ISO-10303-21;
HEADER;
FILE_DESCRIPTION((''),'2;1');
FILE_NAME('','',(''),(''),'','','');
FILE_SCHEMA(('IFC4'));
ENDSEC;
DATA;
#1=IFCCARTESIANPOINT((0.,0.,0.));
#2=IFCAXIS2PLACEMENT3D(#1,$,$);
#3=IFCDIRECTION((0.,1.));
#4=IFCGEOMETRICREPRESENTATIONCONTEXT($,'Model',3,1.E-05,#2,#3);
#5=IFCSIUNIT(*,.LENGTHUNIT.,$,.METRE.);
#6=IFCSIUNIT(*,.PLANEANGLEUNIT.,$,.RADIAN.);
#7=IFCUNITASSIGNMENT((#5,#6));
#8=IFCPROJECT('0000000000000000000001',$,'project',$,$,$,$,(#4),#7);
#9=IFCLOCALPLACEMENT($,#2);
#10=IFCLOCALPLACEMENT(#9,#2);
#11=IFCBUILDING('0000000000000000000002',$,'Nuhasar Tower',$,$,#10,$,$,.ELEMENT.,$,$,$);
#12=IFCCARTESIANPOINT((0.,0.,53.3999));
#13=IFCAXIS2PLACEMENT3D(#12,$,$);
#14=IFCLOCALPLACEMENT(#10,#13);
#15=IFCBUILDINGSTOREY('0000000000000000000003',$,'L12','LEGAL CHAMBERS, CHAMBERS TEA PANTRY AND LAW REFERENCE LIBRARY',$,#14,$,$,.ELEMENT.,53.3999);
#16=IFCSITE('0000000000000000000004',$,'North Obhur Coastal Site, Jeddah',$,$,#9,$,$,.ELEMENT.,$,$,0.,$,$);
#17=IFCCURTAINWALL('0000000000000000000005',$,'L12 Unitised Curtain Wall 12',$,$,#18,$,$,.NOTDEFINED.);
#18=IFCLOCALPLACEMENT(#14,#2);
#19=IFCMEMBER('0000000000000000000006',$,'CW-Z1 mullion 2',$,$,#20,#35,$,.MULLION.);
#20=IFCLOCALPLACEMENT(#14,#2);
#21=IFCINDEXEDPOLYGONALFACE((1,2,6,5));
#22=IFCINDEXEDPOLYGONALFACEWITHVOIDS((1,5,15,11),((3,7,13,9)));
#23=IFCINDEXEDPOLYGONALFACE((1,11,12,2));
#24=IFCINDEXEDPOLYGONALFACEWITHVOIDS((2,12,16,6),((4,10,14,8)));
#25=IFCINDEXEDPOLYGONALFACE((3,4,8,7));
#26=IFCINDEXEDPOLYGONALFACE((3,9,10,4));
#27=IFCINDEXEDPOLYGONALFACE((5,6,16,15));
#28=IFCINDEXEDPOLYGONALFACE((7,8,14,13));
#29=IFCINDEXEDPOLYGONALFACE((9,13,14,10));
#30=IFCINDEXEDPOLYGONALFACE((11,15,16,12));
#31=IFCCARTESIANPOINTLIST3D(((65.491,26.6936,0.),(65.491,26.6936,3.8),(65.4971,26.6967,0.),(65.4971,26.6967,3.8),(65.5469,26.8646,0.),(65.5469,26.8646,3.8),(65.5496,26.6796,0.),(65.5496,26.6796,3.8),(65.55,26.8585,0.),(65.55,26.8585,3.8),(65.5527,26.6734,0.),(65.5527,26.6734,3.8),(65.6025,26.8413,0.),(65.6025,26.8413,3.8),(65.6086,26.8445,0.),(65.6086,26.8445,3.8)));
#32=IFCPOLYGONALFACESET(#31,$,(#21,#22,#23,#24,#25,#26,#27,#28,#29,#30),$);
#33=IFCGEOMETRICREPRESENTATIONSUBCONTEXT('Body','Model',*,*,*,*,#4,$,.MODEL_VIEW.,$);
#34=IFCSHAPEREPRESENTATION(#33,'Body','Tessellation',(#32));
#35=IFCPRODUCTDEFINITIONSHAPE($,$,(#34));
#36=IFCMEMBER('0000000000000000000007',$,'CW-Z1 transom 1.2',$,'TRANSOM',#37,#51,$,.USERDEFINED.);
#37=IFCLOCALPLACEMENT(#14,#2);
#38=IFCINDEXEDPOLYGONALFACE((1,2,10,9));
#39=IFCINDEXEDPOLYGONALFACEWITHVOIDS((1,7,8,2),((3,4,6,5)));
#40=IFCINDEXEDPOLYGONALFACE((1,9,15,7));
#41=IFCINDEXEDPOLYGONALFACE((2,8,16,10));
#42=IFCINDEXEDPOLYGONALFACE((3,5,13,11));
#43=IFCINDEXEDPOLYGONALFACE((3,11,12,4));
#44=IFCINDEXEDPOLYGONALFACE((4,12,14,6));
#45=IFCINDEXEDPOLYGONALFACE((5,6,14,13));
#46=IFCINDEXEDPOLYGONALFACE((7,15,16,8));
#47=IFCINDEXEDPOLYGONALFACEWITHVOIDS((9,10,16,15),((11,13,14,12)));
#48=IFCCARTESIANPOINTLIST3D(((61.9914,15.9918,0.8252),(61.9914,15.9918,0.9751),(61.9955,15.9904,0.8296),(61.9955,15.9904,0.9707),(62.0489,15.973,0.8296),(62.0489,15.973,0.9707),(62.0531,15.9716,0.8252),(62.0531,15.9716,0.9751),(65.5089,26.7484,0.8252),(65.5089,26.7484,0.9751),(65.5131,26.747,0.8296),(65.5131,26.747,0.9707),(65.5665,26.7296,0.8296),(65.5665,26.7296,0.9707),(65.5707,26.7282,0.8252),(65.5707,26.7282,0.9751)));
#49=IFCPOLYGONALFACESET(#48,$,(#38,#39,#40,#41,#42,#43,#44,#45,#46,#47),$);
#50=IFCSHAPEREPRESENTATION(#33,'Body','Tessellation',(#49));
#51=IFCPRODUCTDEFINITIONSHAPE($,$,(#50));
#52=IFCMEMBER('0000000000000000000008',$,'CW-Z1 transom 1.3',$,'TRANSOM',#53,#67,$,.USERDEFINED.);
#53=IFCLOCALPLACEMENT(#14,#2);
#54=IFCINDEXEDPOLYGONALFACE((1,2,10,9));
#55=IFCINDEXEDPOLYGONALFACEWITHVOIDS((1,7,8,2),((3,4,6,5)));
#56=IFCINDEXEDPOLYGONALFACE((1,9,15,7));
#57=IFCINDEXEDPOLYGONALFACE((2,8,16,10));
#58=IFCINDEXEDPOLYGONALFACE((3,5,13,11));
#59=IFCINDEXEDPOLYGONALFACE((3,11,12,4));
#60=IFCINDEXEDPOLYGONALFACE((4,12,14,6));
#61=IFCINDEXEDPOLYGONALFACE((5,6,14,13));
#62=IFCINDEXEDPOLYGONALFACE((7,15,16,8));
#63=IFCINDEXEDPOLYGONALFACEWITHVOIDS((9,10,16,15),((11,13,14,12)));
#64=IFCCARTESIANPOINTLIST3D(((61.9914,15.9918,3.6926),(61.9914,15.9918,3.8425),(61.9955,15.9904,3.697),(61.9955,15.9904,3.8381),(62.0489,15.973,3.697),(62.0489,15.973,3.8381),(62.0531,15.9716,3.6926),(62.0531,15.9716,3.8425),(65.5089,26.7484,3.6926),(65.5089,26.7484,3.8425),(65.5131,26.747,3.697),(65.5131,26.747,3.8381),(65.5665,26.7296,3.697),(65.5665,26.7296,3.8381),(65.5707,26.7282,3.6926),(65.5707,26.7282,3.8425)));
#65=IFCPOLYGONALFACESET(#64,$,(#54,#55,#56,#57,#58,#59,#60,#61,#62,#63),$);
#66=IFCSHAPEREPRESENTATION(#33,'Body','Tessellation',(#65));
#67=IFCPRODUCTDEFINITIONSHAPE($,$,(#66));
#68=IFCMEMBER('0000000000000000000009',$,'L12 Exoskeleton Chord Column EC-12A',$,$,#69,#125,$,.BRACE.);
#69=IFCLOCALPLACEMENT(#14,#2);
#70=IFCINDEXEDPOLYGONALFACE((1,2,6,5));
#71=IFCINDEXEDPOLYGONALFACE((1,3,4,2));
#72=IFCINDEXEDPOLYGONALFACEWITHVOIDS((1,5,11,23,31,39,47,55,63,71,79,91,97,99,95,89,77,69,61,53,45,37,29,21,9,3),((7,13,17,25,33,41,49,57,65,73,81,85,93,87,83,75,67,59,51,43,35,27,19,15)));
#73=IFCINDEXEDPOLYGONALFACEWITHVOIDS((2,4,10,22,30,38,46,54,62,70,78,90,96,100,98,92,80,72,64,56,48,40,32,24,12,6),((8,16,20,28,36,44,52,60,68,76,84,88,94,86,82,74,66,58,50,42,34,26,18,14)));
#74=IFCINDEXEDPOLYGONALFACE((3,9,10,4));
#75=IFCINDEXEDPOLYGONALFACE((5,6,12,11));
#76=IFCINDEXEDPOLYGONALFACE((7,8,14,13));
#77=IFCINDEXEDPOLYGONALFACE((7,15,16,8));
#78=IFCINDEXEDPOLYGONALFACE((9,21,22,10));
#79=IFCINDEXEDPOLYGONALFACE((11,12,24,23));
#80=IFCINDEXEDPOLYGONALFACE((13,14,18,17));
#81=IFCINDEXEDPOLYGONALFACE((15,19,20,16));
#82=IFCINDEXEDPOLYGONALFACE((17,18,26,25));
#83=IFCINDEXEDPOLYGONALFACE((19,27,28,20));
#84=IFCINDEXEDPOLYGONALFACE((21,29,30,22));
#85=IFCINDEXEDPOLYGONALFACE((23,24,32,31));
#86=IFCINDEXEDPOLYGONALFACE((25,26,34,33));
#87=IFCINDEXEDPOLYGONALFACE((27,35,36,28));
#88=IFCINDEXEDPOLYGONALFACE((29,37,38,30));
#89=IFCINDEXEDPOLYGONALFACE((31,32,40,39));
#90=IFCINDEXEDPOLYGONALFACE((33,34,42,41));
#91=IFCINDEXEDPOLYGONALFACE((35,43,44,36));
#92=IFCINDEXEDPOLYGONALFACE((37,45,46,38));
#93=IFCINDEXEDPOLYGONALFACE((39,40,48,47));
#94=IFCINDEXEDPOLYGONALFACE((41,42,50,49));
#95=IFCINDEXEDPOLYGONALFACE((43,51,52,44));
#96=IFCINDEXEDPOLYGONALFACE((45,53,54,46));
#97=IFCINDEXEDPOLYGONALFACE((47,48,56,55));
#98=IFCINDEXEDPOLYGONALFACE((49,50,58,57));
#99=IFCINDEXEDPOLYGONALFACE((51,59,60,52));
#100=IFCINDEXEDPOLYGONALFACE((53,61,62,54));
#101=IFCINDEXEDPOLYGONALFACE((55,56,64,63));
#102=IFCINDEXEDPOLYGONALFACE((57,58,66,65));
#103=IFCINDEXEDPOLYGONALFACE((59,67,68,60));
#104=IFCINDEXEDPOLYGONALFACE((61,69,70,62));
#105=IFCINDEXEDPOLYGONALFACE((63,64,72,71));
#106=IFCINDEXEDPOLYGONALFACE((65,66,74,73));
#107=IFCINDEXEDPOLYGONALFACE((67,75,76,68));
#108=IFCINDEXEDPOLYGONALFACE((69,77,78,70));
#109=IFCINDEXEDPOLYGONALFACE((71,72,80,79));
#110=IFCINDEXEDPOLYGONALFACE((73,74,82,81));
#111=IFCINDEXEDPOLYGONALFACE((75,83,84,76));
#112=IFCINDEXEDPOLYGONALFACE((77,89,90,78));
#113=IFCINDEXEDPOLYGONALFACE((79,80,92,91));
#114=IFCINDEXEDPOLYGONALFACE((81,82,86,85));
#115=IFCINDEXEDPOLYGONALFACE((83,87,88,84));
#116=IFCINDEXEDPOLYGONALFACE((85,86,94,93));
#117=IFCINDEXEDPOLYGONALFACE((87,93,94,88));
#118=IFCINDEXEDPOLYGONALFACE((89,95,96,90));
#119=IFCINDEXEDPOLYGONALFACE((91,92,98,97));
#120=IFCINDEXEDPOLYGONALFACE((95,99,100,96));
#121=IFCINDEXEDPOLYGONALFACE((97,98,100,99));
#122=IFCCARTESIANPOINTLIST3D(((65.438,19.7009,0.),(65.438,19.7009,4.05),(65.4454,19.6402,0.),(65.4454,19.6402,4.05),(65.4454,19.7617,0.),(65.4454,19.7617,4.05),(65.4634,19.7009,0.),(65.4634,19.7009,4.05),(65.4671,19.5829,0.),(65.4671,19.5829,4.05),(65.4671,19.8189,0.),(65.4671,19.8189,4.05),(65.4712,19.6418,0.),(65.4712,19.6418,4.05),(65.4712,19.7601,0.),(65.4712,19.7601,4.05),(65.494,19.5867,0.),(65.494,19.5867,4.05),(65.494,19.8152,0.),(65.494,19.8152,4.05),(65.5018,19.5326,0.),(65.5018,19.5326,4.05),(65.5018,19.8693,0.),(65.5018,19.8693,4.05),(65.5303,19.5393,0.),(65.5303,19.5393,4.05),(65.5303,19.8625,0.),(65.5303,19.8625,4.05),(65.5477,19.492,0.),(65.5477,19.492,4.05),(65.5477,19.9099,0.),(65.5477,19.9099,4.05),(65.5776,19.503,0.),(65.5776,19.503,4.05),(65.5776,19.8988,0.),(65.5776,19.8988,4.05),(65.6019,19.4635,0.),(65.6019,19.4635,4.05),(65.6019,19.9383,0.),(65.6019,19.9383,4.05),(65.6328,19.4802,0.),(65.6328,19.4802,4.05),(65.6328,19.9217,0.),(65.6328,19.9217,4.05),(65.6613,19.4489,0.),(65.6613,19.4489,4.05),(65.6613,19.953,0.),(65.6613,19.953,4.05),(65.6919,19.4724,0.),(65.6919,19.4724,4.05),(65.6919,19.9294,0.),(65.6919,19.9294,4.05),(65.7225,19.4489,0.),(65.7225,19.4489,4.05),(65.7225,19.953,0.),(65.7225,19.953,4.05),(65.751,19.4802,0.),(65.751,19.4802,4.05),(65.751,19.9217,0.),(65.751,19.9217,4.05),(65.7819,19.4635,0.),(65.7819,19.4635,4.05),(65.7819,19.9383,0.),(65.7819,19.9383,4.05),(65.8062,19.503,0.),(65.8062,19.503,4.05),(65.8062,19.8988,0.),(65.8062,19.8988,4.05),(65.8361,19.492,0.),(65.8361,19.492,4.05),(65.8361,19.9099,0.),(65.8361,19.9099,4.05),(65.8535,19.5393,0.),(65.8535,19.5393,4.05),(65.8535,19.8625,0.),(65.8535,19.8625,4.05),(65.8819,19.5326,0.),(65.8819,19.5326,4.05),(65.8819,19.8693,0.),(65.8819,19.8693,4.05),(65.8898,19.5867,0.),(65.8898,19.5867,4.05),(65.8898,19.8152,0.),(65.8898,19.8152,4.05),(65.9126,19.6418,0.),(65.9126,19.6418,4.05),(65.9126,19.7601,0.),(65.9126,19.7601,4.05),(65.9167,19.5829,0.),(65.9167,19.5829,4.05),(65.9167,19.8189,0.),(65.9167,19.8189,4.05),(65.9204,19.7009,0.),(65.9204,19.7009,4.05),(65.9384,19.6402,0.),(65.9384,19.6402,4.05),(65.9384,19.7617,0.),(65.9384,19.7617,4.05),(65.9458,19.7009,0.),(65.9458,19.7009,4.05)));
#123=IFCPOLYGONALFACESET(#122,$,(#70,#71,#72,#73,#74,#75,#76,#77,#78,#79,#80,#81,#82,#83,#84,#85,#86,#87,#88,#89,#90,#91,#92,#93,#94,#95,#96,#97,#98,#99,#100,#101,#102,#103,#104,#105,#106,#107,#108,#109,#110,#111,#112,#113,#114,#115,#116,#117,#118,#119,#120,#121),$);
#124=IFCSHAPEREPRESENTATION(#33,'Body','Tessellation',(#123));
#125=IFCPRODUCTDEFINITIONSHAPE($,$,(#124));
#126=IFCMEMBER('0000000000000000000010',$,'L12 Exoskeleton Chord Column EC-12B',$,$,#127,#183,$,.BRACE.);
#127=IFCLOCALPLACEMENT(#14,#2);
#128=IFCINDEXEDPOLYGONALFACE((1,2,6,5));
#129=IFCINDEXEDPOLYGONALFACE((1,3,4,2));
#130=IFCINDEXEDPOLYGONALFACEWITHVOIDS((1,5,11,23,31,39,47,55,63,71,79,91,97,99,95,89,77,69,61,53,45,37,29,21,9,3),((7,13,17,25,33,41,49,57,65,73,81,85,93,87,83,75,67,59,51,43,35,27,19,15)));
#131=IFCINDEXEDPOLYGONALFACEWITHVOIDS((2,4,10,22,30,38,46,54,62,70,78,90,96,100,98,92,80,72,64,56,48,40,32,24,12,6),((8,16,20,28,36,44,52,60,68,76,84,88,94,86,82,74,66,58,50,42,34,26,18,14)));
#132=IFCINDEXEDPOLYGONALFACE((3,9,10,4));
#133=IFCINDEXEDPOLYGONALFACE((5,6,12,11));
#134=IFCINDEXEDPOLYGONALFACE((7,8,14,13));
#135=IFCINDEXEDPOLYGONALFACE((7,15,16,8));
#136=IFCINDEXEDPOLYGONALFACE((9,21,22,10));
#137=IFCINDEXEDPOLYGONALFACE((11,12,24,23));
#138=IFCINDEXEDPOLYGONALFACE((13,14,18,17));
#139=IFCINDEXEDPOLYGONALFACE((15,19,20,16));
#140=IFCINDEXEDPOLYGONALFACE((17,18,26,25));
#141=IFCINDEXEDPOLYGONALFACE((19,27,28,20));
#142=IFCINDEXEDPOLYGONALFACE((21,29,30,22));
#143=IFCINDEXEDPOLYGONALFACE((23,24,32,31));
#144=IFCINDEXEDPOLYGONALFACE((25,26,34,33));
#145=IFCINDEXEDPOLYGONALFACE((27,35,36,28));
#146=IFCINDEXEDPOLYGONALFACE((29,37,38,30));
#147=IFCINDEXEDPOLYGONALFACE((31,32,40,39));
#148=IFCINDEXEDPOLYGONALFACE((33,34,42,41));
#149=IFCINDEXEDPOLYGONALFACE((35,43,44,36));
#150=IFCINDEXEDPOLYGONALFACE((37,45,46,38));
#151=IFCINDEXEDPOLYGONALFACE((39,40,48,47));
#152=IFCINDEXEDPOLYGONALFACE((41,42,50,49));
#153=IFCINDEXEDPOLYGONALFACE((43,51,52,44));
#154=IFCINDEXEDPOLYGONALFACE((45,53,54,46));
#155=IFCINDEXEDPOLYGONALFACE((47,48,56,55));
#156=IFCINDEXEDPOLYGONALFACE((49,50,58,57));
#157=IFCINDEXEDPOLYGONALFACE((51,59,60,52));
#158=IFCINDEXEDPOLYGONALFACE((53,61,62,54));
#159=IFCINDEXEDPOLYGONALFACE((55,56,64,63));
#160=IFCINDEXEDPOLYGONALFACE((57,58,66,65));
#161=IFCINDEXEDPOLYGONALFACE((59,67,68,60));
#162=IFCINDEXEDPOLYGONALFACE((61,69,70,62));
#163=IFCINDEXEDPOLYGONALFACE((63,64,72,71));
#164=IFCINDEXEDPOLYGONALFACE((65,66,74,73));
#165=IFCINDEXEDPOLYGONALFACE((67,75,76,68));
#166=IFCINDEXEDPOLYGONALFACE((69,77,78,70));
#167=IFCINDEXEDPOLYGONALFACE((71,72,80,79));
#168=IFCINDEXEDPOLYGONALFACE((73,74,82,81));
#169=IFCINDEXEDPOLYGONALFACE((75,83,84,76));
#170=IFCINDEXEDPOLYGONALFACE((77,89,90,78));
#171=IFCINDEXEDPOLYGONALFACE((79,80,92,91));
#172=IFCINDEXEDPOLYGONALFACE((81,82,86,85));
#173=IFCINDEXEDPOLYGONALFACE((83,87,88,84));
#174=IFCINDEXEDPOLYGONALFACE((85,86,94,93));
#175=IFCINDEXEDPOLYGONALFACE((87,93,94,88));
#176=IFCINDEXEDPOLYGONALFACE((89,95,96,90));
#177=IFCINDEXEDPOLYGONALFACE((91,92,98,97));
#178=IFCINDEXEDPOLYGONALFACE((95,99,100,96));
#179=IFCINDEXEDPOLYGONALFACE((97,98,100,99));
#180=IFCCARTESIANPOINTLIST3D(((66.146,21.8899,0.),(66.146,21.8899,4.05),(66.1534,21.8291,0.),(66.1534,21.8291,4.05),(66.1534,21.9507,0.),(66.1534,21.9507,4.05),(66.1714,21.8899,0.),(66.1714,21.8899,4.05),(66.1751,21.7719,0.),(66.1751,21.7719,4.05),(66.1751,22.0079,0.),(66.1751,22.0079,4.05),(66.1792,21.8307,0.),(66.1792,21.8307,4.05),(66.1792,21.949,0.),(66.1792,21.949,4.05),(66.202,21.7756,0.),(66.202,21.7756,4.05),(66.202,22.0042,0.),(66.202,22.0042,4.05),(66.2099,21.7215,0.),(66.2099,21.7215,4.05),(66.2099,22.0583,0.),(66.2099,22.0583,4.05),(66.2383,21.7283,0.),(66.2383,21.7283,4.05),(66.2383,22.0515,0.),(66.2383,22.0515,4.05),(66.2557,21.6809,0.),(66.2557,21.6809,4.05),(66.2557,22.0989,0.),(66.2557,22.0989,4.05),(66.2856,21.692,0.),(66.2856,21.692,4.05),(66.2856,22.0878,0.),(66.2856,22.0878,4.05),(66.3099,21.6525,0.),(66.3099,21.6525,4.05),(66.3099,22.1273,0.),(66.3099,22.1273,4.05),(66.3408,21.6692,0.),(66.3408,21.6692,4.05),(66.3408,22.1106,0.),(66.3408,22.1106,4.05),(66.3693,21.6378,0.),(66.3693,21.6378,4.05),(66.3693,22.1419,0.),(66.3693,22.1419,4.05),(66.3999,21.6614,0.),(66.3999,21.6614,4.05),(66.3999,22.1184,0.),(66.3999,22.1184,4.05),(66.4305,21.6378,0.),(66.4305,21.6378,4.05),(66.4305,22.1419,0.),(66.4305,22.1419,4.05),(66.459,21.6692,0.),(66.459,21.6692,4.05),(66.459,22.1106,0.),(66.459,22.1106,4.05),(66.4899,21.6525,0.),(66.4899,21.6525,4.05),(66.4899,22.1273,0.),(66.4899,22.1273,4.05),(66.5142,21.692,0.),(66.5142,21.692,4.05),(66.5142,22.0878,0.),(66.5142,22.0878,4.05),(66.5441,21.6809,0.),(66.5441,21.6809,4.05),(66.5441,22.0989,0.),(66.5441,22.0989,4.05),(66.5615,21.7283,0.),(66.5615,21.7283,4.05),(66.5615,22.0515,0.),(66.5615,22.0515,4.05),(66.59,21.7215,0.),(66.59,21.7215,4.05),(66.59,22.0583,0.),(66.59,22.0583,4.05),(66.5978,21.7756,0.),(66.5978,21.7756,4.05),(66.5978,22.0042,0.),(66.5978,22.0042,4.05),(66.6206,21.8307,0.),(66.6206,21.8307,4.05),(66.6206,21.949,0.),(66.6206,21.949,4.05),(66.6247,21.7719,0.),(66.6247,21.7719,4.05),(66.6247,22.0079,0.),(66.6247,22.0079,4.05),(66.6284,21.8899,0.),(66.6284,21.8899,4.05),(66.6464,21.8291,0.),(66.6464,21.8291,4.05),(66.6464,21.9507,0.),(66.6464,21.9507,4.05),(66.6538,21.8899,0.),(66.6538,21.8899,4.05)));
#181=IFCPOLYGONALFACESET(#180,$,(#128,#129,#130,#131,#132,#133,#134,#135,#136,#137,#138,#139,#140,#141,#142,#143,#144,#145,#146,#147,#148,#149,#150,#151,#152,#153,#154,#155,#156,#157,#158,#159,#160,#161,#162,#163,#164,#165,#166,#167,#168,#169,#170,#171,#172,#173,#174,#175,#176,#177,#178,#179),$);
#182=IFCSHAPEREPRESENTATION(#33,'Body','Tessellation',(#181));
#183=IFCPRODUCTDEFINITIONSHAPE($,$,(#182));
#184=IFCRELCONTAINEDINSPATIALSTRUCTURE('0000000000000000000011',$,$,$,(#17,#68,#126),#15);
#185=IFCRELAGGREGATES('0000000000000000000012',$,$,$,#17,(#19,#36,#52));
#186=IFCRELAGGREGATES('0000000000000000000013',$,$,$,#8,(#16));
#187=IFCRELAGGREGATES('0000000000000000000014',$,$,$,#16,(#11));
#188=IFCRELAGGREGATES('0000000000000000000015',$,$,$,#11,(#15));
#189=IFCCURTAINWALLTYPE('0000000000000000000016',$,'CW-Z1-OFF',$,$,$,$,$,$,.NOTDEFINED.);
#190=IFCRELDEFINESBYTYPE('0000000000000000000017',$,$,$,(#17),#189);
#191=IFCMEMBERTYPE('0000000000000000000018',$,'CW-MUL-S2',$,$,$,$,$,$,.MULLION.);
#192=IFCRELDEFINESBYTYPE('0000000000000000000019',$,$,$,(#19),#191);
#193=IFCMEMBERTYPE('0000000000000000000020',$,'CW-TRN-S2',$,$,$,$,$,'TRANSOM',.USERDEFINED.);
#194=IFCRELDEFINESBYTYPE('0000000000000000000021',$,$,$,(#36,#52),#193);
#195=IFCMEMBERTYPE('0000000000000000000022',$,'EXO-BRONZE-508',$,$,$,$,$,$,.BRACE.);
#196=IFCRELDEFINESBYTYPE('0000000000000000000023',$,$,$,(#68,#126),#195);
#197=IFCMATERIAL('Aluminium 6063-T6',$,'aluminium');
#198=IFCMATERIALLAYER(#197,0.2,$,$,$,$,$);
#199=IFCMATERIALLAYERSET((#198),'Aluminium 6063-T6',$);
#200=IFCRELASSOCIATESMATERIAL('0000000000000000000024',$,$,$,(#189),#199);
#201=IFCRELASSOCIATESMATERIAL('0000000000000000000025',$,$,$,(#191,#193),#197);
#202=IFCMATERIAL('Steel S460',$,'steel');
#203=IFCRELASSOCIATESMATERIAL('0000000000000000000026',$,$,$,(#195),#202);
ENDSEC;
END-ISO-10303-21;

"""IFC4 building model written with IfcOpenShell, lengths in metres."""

from ifc_helpers import new_model, si_unit, direction, frame, origin, origin_2d, place, context, subcontext, project, spatial, hollow_rectangle, hollow_circle, extrude, material, layer, layer_set, material_profile, profile_set, type_object, element, aggregate, save


model = new_model("IFC4")

# Units and contexts
model_context = context("Model", 3, precision=1e-05, world=origin(), true_north=direction((0.0, 1.0)))
body_context = subcontext(model_context, "Body", "Model", "MODEL_VIEW")
ifc_project = project(units=[si_unit("LENGTHUNIT", "METRE"), si_unit("PLANEANGLEUNIT", "RADIAN")], contexts=[model_context])

# Site, building, storey
site_placement = place(None, origin())
site = spatial("IfcSite", under=ifc_project, at=site_placement, Name="North Obhur Coastal Site, Jeddah", CompositionType="ELEMENT", RefElevation=0.0)
building_placement = place(site_placement, origin())
building = spatial("IfcBuilding", under=site, at=building_placement, Name="Nuhasar Tower", CompositionType="ELEMENT")
storey_placement = place(building_placement, frame((0.0, 0.0, 53.3999)))
storey = spatial("IfcBuildingStorey", under=building, at=storey_placement, Name="L12", Description="LEGAL CHAMBERS, CHAMBERS TEA PANTRY AND LAW REFERENCE LIBRARY", CompositionType="ELEMENT", Elevation=53.3999)

# Curtain wall, members
ifc_material_1 = material(Name="Aluminium 6063-T6", Category="aluminium")
ifc_layer_1 = layer(ifc_material_1, 0.2)
ifc_layer_set_1 = layer_set([ifc_layer_1], Name="Aluminium 6063-T6")
curtain_wall_type = type_object("IfcCurtainWallType", Name="CW-Z1-OFF", PredefinedType="NOTDEFINED", material=ifc_layer_set_1)
curtain_wall_placement = place(storey_placement, origin())
curtain_wall = element("IfcCurtainWall", 1, at=curtain_wall_placement, inside=storey, type_object=curtain_wall_type, Name="L12 Unitised Curtain Wall 12", PredefinedType="NOTDEFINED")
ifc_material_profile_1 = material_profile(ifc_material_1, hollow_rectangle(XDim=0.0649, YDim=0.1799, WallThickness=0.0049, at=origin_2d()), Name="CWM-2")
ifc_profile_set_1 = profile_set([ifc_material_profile_1], Name="Aluminium 6063-T6")
member_type_1 = type_object("IfcMemberType", Name="CW-MUL-S2", PredefinedType="MULLION", material=ifc_profile_set_1)
member_1_placement = place(storey_placement, frame((65.5498, 26.769, 0.0), z_axis=(0.0, 0.0, 1.0), x_axis=(-0.950468, 0.310824, 0.0)))
member_1 = element("IfcMember", 2, at=member_1_placement, type_object=member_type_1, Name="CW-Z1 mullion 2", PredefinedType="MULLION", context=body_context, shape_type="SweptSolid", body=[
    extrude(hollow_rectangle(XDim=0.0649, YDim=0.1799, WallThickness=0.0049, at=origin_2d()), origin(), (0.0, 0.0, 1.0), 3.8),
])
ifc_material_profile_2 = material_profile(ifc_material_1, hollow_rectangle(XDim=0.0649, YDim=0.1499, WallThickness=0.0044, at=origin_2d()), Name="CWT-2")
ifc_profile_set_2 = profile_set([ifc_material_profile_2], Name="Aluminium 6063-T6")
member_type_2 = type_object("IfcMemberType", Name="CW-TRN-S2", ElementType="TRANSOM", PredefinedType="USERDEFINED", material=ifc_profile_set_2)
member_2_placement = place(storey_placement, frame((62.0222, 15.9817, 0.9001), z_axis=(0.310819, 0.950469, 0.0), x_axis=(-0.950469, 0.310819, 0.0)))
member_2 = element("IfcMember", 3, at=member_2_placement, type_object=member_type_2, Name="CW-Z1 transom 1.2", ObjectType="TRANSOM", PredefinedType="USERDEFINED", context=body_context, shape_type="SweptSolid", body=[
    extrude(hollow_rectangle(XDim=0.0649, YDim=0.1499, WallThickness=0.0044, at=origin_2d()), origin(), (0.0, 0.0, 1.0), 11.3171),
])
member_3_placement = place(storey_placement, frame((62.0222, 15.9817, 3.7676), z_axis=(0.310819, 0.950469, 0.0), x_axis=(-0.950469, 0.310819, 0.0)))
member_3 = element("IfcMember", 4, at=member_3_placement, type_object=member_type_2, Name="CW-Z1 transom 1.3", ObjectType="TRANSOM", PredefinedType="USERDEFINED", context=body_context, shape_type="SweptSolid", body=[
    extrude(hollow_rectangle(XDim=0.0649, YDim=0.1499, WallThickness=0.0044, at=origin_2d()), origin(), (0.0, 0.0, 1.0), 11.3171),
])

# Members
ifc_material_2 = material(Name="Steel S460", Category="steel")
ifc_material_profile_3 = material_profile(ifc_material_2, hollow_circle(Radius=0.2539, WallThickness=0.0254, at=origin_2d()), Name="HSS508X25.4")
ifc_profile_set_3 = profile_set([ifc_material_profile_3], Name="Steel S460")
member_type_3 = type_object("IfcMemberType", Name="EXO-BRONZE-508", PredefinedType="BRACE", material=ifc_profile_set_3)
for number, where, z_axis, x_axis, name in (
    (5, (65.6919, 19.7009, 0.0), (0.0, 0.0, 1.0), (1.0, 0.0, 0.0), "L12 Exoskeleton Chord Column EC-12A"),
    (6, (66.3999, 21.8899, 0.0), (0.0, 0.0, 1.0), (1.0, 0.0, 0.0), "L12 Exoskeleton Chord Column EC-12B"),
):
    element("IfcMember", number, at=place(storey_placement, frame(where, z_axis=z_axis, x_axis=x_axis)), inside=storey, type_object=member_type_3, Name=name, PredefinedType="BRACE", context=body_context, shape_type="SweptSolid", body=[
        extrude(hollow_circle(Radius=0.2539, WallThickness=0.0254, at=origin_2d()), origin(), (0.0, 0.0, 1.0), 4.05),
    ])

aggregate(curtain_wall, [member_1, member_2, member_3])

save(model, "model.ifc")
